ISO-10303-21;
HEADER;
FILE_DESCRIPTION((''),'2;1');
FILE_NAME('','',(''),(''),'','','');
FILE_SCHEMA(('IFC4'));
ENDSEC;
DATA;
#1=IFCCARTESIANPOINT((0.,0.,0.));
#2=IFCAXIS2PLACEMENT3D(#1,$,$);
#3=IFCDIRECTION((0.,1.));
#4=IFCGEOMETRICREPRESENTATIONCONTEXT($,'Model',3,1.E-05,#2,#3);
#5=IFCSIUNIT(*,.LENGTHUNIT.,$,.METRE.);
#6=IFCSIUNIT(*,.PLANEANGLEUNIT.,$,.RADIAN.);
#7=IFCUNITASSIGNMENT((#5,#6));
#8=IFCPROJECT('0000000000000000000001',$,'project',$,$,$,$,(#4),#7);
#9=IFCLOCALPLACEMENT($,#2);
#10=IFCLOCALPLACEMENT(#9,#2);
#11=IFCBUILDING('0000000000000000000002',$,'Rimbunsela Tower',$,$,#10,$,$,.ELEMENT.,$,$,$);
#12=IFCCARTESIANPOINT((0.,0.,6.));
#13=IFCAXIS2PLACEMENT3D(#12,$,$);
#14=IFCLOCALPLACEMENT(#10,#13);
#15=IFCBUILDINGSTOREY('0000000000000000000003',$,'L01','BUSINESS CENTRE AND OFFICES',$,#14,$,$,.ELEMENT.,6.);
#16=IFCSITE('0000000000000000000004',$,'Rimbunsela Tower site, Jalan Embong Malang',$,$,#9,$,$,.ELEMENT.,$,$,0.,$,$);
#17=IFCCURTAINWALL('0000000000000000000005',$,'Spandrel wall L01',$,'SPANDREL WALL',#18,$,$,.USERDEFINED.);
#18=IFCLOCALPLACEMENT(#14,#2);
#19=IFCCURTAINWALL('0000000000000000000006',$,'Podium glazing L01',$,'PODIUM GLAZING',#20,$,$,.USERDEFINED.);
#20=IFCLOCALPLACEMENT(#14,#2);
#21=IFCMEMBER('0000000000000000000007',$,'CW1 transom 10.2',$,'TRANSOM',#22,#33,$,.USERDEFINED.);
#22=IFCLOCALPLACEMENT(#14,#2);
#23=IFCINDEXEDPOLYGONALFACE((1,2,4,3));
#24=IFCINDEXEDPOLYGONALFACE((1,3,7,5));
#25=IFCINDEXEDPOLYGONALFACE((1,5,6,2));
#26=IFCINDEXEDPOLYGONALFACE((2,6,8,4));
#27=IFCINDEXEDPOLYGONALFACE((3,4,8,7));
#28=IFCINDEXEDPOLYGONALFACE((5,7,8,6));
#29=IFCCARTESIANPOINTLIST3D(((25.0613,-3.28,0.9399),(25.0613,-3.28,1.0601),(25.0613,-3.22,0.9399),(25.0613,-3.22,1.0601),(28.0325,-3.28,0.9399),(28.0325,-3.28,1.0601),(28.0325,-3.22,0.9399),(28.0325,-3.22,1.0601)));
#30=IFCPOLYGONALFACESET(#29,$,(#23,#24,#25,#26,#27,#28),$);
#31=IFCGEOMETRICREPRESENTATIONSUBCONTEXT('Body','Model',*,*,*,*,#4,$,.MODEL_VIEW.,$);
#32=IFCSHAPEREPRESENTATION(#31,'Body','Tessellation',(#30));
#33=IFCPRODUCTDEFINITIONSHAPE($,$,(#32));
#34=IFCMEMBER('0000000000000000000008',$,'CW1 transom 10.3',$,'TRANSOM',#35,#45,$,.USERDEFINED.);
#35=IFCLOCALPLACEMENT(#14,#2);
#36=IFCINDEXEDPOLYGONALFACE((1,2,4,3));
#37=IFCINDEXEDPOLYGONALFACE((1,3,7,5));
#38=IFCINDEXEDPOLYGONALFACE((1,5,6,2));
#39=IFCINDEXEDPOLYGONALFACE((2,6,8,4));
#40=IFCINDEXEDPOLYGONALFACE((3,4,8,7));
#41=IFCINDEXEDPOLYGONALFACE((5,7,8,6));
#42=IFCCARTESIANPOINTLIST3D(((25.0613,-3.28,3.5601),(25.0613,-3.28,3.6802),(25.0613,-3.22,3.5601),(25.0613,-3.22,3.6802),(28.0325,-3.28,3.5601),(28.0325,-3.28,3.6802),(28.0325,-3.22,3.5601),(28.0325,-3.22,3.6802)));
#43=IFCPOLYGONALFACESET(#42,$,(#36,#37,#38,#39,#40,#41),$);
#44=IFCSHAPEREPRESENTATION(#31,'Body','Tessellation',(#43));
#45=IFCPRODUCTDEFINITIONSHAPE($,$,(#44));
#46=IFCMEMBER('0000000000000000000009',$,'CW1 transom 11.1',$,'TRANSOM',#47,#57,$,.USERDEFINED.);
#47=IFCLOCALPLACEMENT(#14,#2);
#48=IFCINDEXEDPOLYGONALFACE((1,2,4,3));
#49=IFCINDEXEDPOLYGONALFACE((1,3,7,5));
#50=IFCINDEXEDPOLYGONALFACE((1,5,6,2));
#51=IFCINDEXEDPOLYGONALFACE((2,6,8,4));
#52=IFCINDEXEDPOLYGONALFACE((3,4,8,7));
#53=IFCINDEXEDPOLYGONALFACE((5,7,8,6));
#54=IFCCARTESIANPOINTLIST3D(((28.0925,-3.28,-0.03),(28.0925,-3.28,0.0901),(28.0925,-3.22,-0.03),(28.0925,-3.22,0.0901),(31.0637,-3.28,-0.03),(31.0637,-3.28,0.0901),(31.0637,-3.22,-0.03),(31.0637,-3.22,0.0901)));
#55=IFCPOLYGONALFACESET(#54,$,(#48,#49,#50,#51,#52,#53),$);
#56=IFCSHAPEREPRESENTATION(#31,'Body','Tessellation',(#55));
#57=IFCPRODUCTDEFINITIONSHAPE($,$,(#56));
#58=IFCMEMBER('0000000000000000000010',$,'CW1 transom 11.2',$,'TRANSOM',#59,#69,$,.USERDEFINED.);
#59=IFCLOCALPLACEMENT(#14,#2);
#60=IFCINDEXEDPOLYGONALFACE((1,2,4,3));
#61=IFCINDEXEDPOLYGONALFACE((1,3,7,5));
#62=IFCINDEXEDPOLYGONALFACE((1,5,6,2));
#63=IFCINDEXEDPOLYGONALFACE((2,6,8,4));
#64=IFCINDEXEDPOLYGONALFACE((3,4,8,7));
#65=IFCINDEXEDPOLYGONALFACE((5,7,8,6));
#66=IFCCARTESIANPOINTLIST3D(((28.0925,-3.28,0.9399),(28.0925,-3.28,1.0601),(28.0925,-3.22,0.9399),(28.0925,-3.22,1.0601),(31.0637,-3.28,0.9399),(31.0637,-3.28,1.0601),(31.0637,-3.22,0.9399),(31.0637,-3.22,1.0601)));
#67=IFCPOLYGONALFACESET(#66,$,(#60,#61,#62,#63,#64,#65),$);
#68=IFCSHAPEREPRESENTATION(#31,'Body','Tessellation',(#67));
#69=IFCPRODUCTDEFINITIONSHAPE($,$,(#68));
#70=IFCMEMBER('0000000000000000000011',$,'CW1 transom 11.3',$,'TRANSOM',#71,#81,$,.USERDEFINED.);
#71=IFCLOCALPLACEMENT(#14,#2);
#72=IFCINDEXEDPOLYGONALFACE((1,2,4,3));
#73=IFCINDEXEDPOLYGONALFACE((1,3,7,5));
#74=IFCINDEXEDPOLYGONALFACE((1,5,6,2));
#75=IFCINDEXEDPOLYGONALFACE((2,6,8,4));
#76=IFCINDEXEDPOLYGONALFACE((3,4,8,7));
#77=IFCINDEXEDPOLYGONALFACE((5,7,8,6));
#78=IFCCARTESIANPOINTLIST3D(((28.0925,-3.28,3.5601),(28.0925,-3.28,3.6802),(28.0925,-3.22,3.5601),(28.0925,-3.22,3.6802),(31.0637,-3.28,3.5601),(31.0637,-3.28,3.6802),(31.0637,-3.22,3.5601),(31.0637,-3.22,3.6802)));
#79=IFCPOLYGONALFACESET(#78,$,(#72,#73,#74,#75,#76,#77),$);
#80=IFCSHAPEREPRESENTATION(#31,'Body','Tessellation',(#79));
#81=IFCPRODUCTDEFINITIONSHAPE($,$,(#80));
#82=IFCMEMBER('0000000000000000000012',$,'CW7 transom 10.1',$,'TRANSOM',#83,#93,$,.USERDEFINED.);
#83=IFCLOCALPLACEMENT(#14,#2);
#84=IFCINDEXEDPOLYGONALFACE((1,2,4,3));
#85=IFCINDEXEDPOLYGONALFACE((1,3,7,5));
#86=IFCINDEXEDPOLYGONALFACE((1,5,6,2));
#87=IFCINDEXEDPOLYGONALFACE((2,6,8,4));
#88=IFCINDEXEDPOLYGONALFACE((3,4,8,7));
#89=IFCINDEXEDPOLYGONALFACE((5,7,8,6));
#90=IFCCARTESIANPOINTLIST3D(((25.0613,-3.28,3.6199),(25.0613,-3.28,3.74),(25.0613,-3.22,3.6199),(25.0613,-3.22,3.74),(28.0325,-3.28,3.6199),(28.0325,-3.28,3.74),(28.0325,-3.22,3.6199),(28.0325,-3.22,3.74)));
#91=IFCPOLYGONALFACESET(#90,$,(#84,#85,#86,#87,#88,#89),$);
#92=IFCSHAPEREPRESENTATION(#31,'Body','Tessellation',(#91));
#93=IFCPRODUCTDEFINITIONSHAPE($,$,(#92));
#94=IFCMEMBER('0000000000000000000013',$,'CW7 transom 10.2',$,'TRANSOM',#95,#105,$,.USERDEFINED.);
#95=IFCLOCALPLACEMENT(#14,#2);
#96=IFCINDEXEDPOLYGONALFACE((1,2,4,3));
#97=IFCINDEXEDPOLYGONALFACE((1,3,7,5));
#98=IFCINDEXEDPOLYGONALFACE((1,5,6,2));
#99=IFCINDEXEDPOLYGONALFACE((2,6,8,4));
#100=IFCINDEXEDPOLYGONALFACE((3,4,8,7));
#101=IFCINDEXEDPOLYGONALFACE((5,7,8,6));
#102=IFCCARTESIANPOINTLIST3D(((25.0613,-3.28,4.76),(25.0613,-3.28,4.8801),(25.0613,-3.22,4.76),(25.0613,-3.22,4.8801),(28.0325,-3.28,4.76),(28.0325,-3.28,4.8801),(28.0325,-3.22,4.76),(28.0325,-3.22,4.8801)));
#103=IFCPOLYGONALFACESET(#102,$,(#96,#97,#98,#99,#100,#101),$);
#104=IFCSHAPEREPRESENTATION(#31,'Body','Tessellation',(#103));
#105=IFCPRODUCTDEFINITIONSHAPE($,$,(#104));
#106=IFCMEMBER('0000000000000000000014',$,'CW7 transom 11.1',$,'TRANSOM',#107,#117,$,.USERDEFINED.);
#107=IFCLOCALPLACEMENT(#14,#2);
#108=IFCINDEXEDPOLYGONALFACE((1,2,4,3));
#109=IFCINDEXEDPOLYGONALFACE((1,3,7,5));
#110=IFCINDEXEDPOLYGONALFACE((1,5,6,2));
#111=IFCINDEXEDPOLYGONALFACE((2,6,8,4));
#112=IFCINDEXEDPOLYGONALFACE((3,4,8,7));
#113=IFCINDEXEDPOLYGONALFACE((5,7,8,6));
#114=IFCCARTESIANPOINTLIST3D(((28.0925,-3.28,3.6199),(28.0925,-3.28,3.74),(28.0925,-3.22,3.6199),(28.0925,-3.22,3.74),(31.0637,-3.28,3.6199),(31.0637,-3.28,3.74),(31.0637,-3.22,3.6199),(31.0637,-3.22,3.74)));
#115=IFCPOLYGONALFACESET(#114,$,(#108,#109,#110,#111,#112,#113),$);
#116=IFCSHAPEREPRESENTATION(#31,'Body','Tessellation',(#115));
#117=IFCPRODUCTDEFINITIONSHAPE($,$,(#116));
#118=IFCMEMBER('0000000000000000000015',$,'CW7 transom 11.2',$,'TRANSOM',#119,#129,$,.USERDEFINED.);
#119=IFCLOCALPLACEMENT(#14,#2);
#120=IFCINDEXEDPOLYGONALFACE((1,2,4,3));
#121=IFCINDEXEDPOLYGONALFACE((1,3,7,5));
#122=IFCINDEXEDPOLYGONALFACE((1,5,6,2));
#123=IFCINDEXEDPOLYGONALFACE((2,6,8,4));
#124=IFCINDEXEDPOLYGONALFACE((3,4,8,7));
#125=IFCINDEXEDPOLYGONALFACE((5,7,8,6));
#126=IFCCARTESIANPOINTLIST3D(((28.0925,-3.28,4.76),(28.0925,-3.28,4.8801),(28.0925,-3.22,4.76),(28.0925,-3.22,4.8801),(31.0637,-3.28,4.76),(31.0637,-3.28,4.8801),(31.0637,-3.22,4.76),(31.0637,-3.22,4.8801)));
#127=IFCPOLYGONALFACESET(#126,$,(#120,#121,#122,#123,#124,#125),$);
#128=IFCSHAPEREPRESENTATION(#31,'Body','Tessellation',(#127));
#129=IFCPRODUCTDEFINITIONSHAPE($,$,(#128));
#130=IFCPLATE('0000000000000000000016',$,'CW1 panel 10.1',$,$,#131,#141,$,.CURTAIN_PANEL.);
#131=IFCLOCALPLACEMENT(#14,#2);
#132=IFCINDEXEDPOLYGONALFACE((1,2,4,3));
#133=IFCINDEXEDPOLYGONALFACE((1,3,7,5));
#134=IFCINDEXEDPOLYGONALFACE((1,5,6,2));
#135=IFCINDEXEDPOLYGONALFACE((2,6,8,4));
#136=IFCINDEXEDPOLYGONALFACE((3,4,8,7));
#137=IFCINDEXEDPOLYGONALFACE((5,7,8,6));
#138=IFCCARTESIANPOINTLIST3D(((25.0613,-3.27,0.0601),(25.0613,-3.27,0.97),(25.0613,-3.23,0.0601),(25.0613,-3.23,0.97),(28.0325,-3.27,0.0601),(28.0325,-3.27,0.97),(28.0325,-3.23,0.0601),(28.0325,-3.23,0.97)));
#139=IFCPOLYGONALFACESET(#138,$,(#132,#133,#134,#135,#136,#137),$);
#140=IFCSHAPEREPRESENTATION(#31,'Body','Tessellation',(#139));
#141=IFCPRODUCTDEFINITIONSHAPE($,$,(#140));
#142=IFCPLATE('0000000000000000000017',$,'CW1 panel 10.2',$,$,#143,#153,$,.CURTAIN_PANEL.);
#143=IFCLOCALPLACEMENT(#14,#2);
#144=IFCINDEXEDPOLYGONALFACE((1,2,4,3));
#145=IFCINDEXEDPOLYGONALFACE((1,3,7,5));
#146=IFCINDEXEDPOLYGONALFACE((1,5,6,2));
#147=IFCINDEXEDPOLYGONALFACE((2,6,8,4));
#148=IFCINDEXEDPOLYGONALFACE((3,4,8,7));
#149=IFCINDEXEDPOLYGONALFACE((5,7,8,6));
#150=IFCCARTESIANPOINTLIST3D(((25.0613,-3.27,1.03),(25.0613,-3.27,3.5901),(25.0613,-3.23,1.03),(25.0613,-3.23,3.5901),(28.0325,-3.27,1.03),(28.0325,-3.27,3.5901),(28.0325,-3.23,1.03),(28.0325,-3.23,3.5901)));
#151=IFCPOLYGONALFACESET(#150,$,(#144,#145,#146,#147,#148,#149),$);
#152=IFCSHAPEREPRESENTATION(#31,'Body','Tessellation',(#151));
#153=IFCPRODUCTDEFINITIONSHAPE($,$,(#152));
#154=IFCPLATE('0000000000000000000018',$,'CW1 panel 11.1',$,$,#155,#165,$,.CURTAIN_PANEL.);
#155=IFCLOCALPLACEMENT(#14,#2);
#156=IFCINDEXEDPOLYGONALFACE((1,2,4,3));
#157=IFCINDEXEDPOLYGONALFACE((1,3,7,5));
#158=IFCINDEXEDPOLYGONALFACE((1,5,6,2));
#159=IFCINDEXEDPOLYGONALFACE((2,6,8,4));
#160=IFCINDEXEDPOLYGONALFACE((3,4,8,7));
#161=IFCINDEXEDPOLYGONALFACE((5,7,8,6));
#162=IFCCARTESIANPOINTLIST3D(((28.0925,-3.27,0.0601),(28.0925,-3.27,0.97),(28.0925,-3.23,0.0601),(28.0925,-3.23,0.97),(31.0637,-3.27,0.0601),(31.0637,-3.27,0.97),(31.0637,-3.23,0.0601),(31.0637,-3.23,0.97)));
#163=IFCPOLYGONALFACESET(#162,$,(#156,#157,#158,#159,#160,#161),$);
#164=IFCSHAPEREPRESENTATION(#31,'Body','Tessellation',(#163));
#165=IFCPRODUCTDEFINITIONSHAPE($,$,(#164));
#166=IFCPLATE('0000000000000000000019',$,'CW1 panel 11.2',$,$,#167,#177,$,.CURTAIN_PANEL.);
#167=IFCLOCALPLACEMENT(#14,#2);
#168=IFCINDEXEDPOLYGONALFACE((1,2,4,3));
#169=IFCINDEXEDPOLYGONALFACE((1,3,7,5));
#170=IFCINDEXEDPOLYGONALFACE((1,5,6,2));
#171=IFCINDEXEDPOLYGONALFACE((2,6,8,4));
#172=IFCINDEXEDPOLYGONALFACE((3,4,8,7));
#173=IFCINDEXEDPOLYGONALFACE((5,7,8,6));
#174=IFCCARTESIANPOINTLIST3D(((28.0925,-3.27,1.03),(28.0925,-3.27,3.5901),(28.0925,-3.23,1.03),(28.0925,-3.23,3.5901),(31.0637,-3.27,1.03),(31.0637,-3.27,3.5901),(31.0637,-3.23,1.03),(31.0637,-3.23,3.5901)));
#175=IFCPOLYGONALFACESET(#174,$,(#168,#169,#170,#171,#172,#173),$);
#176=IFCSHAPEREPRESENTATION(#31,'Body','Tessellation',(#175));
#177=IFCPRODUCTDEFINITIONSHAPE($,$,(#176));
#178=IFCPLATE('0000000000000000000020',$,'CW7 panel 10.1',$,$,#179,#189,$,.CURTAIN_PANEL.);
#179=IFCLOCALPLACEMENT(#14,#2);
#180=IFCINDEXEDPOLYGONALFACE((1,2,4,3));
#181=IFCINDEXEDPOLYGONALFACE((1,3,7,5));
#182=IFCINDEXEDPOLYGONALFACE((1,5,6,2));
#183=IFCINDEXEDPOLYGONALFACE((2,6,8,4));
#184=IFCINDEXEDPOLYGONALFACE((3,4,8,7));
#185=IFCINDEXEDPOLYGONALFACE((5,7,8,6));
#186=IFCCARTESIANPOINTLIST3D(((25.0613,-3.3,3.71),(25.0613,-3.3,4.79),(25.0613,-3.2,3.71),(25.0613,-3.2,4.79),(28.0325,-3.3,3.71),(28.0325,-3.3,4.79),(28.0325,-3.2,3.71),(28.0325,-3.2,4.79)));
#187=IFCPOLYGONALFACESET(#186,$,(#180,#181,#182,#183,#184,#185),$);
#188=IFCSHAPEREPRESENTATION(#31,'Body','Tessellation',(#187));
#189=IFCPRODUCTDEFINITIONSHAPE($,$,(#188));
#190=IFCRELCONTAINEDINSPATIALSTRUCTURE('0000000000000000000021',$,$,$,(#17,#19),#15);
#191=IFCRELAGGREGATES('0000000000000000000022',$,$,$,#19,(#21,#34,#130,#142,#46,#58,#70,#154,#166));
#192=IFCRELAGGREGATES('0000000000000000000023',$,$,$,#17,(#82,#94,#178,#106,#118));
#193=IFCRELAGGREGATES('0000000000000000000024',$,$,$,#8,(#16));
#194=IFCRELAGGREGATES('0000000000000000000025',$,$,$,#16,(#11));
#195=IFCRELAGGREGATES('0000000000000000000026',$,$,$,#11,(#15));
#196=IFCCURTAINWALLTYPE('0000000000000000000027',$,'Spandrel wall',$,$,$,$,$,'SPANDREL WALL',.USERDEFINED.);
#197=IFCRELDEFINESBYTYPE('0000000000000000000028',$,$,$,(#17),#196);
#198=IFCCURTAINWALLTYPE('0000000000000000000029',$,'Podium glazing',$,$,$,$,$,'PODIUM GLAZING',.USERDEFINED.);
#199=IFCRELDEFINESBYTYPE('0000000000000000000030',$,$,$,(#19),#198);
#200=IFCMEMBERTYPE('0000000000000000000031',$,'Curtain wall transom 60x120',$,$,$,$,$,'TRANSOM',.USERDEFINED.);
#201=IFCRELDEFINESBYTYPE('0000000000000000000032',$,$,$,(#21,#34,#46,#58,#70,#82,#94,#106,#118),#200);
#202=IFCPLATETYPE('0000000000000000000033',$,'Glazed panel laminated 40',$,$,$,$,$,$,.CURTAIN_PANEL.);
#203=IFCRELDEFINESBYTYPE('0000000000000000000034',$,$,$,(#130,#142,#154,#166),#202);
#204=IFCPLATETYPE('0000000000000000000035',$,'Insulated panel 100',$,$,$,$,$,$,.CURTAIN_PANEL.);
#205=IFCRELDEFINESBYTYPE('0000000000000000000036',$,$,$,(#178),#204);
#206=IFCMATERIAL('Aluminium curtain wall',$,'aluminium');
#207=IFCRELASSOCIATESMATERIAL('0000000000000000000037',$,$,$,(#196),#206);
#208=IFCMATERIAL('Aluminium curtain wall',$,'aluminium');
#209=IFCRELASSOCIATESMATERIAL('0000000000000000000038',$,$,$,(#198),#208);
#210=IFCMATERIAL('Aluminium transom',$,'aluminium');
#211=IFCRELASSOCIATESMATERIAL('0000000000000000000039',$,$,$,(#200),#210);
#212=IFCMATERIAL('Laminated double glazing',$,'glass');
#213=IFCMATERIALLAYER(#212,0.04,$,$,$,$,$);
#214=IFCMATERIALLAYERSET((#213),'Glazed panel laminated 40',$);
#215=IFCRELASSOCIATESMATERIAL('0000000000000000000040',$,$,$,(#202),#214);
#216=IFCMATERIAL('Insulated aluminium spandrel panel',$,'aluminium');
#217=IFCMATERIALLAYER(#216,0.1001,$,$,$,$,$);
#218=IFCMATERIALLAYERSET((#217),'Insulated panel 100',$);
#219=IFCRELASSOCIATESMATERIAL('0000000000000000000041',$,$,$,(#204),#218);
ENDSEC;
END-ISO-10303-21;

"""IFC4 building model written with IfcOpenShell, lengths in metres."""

from ifc_helpers import new_model, si_unit, direction, frame, origin, origin_2d, place, context, subcontext, project, spatial, rectangle, extrude, material, layer, layer_set, material_profile, profile_set, type_object, element, aggregate, save


model = new_model("IFC4")

# Units and contexts
model_context = context("Model", 3, precision=1e-05, world=origin(), true_north=direction((0.0, 1.0)))
body_context = subcontext(model_context, "Body", "Model", "MODEL_VIEW")
ifc_project = project(units=[si_unit("LENGTHUNIT", "METRE"), si_unit("PLANEANGLEUNIT", "RADIAN")], contexts=[model_context])

# Site, building, storey
site_placement = place(None, origin())
site = spatial("IfcSite", under=ifc_project, at=site_placement, Name="Rimbunsela Tower site, Jalan Embong Malang", CompositionType="ELEMENT", RefElevation=0.0)
building_placement = place(site_placement, origin())
building = spatial("IfcBuilding", under=site, at=building_placement, Name="Rimbunsela Tower", CompositionType="ELEMENT")
storey_placement = place(building_placement, frame((0.0, 0.0, 6.0)))
storey = spatial("IfcBuildingStorey", under=building, at=storey_placement, Name="L01", Description="BUSINESS CENTRE AND OFFICES", CompositionType="ELEMENT", Elevation=6.0)

# Curtain walls, members
ifc_material_1 = material(Name="Aluminium curtain wall", Category="aluminium")
curtain_wall_type_1 = type_object("IfcCurtainWallType", Name="Spandrel wall", ElementType="SPANDREL WALL", PredefinedType="USERDEFINED", material=ifc_material_1)
curtain_wall_1_placement = place(storey_placement, origin())
curtain_wall_1 = element("IfcCurtainWall", 1, at=curtain_wall_1_placement, inside=storey, type_object=curtain_wall_type_1, Name="Spandrel wall L01", ObjectType="SPANDREL WALL", PredefinedType="USERDEFINED")
ifc_material_2 = material(Name="Aluminium curtain wall", Category="aluminium")
curtain_wall_type_2 = type_object("IfcCurtainWallType", Name="Podium glazing", ElementType="PODIUM GLAZING", PredefinedType="USERDEFINED", material=ifc_material_2)
curtain_wall_2_placement = place(storey_placement, origin())
curtain_wall_2 = element("IfcCurtainWall", 2, at=curtain_wall_2_placement, inside=storey, type_object=curtain_wall_type_2, Name="Podium glazing L01", ObjectType="PODIUM GLAZING", PredefinedType="USERDEFINED")
ifc_material_3 = material(Name="Aluminium transom", Category="aluminium")
ifc_material_profile_1 = material_profile(ifc_material_3, rectangle(XDim=0.0601, YDim=0.1201, at=origin_2d()), Name="Transom 60x120")
ifc_profile_set_1 = profile_set([ifc_material_profile_1], Name="Aluminium transom")
member_type_1 = type_object("IfcMemberType", Name="Curtain wall transom 60x120", ElementType="TRANSOM", PredefinedType="USERDEFINED", material=ifc_profile_set_1)
member_1_placement = place(storey_placement, frame((25.0613, -3.25, 1.0), z_axis=(1.0, 0.0, 0.0), x_axis=(0.0, 1.0, 0.0)))
member_1 = element("IfcMember", 3, at=member_1_placement, type_object=member_type_1, Name="CW1 transom 10.2", ObjectType="TRANSOM", PredefinedType="USERDEFINED", context=body_context, shape_type="SweptSolid", body=[
    extrude(rectangle(XDim=0.0601, YDim=0.1201, at=origin_2d()), origin(), (0.0, 0.0, 1.0), 2.9712),
])
member_2_placement = place(storey_placement, frame((25.0613, -3.25, 3.6201), z_axis=(1.0, 0.0, 0.0), x_axis=(0.0, 1.0, 0.0)))
member_2 = element("IfcMember", 4, at=member_2_placement, type_object=member_type_1, Name="CW1 transom 10.3", ObjectType="TRANSOM", PredefinedType="USERDEFINED", context=body_context, shape_type="SweptSolid", body=[
    extrude(rectangle(XDim=0.0601, YDim=0.1201, at=origin_2d()), origin(), (0.0, 0.0, 1.0), 2.9712),
])
member_3_placement = place(storey_placement, frame((28.0925, -3.25, 0.03), z_axis=(1.0, 0.0, 0.0), x_axis=(0.0, 1.0, 0.0)))
member_3 = element("IfcMember", 5, at=member_3_placement, type_object=member_type_1, Name="CW1 transom 11.1", ObjectType="TRANSOM", PredefinedType="USERDEFINED", context=body_context, shape_type="SweptSolid", body=[
    extrude(rectangle(XDim=0.0601, YDim=0.1201, at=origin_2d()), origin(), (0.0, 0.0, 1.0), 2.9712),
])
member_4_placement = place(storey_placement, frame((28.0925, -3.25, 1.0), z_axis=(1.0, 0.0, 0.0), x_axis=(0.0, 1.0, 0.0)))
member_4 = element("IfcMember", 6, at=member_4_placement, type_object=member_type_1, Name="CW1 transom 11.2", ObjectType="TRANSOM", PredefinedType="USERDEFINED", context=body_context, shape_type="SweptSolid", body=[
    extrude(rectangle(XDim=0.0601, YDim=0.1201, at=origin_2d()), origin(), (0.0, 0.0, 1.0), 2.9712),
])
member_5_placement = place(storey_placement, frame((28.0925, -3.25, 3.6201), z_axis=(1.0, 0.0, 0.0), x_axis=(0.0, 1.0, 0.0)))
member_5 = element("IfcMember", 7, at=member_5_placement, type_object=member_type_1, Name="CW1 transom 11.3", ObjectType="TRANSOM", PredefinedType="USERDEFINED", context=body_context, shape_type="SweptSolid", body=[
    extrude(rectangle(XDim=0.0601, YDim=0.1201, at=origin_2d()), origin(), (0.0, 0.0, 1.0), 2.9712),
])

# Members
member_6_placement = place(storey_placement, frame((25.0613, -3.25, 3.6799), z_axis=(1.0, 0.0, 0.0), x_axis=(0.0, 1.0, 0.0)))
member_6 = element("IfcMember", 8, at=member_6_placement, type_object=member_type_1, Name="CW7 transom 10.1", ObjectType="TRANSOM", PredefinedType="USERDEFINED", context=body_context, shape_type="SweptSolid", body=[
    extrude(rectangle(XDim=0.0601, YDim=0.1201, at=origin_2d()), origin(), (0.0, 0.0, 1.0), 2.9712),
])
member_7_placement = place(storey_placement, frame((25.0613, -3.25, 4.8201), z_axis=(1.0, 0.0, 0.0), x_axis=(0.0, 1.0, 0.0)))
member_7 = element("IfcMember", 9, at=member_7_placement, type_object=member_type_1, Name="CW7 transom 10.2", ObjectType="TRANSOM", PredefinedType="USERDEFINED", context=body_context, shape_type="SweptSolid", body=[
    extrude(rectangle(XDim=0.0601, YDim=0.1201, at=origin_2d()), origin(), (0.0, 0.0, 1.0), 2.9712),
])
member_8_placement = place(storey_placement, frame((28.0925, -3.25, 3.6799), z_axis=(1.0, 0.0, 0.0), x_axis=(0.0, 1.0, 0.0)))
member_8 = element("IfcMember", 10, at=member_8_placement, type_object=member_type_1, Name="CW7 transom 11.1", ObjectType="TRANSOM", PredefinedType="USERDEFINED", context=body_context, shape_type="SweptSolid", body=[
    extrude(rectangle(XDim=0.0601, YDim=0.1201, at=origin_2d()), origin(), (0.0, 0.0, 1.0), 2.9712),
])
member_9_placement = place(storey_placement, frame((28.0925, -3.25, 4.8201), z_axis=(1.0, 0.0, 0.0), x_axis=(0.0, 1.0, 0.0)))
member_9 = element("IfcMember", 11, at=member_9_placement, type_object=member_type_1, Name="CW7 transom 11.2", ObjectType="TRANSOM", PredefinedType="USERDEFINED", context=body_context, shape_type="SweptSolid", body=[
    extrude(rectangle(XDim=0.0601, YDim=0.1201, at=origin_2d()), origin(), (0.0, 0.0, 1.0), 2.9712),
])

# Plates
ifc_material_4 = material(Name="Laminated double glazing", Category="glass")
ifc_layer_1 = layer(ifc_material_4, 0.04)
ifc_layer_set_1 = layer_set([ifc_layer_1], Name="Glazed panel laminated 40")
plate_type_1 = type_object("IfcPlateType", Name="Glazed panel laminated 40", PredefinedType="CURTAIN_PANEL", material=ifc_layer_set_1)
plate_1_placement = place(storey_placement, frame((26.5469, -3.25, 0.0601), z_axis=(0.0, 0.0, 1.0), x_axis=(1.0, 0.0, 0.0)))
plate_1 = element("IfcPlate", 12, at=plate_1_placement, type_object=plate_type_1, Name="CW1 panel 10.1", PredefinedType="CURTAIN_PANEL", context=body_context, shape_type="SweptSolid", body=[
    extrude(rectangle(XDim=2.9712, YDim=0.04, at=origin_2d()), origin(), (0.0, 0.0, 1.0), 0.9099),
])
plate_2_placement = place(storey_placement, frame((26.5469, -3.25, 1.03), z_axis=(0.0, 0.0, 1.0), x_axis=(1.0, 0.0, 0.0)))
plate_2 = element("IfcPlate", 13, at=plate_2_placement, type_object=plate_type_1, Name="CW1 panel 10.2", PredefinedType="CURTAIN_PANEL", context=body_context, shape_type="SweptSolid", body=[
    extrude(rectangle(XDim=2.9712, YDim=0.04, at=origin_2d()), origin(), (0.0, 0.0, 1.0), 2.5601),
])
plate_3_placement = place(storey_placement, frame((29.5781, -3.25, 0.0601), z_axis=(0.0, 0.0, 1.0), x_axis=(1.0, 0.0, 0.0)))
plate_3 = element("IfcPlate", 14, at=plate_3_placement, type_object=plate_type_1, Name="CW1 panel 11.1", PredefinedType="CURTAIN_PANEL", context=body_context, shape_type="SweptSolid", body=[
    extrude(rectangle(XDim=2.9712, YDim=0.04, at=origin_2d()), origin(), (0.0, 0.0, 1.0), 0.9099),
])
plate_4_placement = place(storey_placement, frame((29.5781, -3.25, 1.03), z_axis=(0.0, 0.0, 1.0), x_axis=(1.0, 0.0, 0.0)))
plate_4 = element("IfcPlate", 15, at=plate_4_placement, type_object=plate_type_1, Name="CW1 panel 11.2", PredefinedType="CURTAIN_PANEL", context=body_context, shape_type="SweptSolid", body=[
    extrude(rectangle(XDim=2.9712, YDim=0.04, at=origin_2d()), origin(), (0.0, 0.0, 1.0), 2.5601),
])
aggregate(curtain_wall_2, [member_1, member_2, plate_1, plate_2, member_3, member_4, member_5, plate_3, plate_4])
ifc_material_5 = material(Name="Insulated aluminium spandrel panel", Category="aluminium")
ifc_layer_2 = layer(ifc_material_5, 0.1001)
ifc_layer_set_2 = layer_set([ifc_layer_2], Name="Insulated panel 100")
plate_type_2 = type_object("IfcPlateType", Name="Insulated panel 100", PredefinedType="CURTAIN_PANEL", material=ifc_layer_set_2)
plate_5_placement = place(storey_placement, frame((26.5469, -3.25, 3.71), z_axis=(0.0, 0.0, 1.0), x_axis=(1.0, 0.0, 0.0)))
plate_5 = element("IfcPlate", 16, at=plate_5_placement, type_object=plate_type_2, Name="CW7 panel 10.1", PredefinedType="CURTAIN_PANEL", context=body_context, shape_type="SweptSolid", body=[
    extrude(rectangle(XDim=2.9712, YDim=0.1001, at=origin_2d()), origin(), (0.0, 0.0, 1.0), 1.0801),
])
aggregate(curtain_wall_1, [member_6, member_7, plate_5, member_8, member_9])

save(model, "model.ifc")
